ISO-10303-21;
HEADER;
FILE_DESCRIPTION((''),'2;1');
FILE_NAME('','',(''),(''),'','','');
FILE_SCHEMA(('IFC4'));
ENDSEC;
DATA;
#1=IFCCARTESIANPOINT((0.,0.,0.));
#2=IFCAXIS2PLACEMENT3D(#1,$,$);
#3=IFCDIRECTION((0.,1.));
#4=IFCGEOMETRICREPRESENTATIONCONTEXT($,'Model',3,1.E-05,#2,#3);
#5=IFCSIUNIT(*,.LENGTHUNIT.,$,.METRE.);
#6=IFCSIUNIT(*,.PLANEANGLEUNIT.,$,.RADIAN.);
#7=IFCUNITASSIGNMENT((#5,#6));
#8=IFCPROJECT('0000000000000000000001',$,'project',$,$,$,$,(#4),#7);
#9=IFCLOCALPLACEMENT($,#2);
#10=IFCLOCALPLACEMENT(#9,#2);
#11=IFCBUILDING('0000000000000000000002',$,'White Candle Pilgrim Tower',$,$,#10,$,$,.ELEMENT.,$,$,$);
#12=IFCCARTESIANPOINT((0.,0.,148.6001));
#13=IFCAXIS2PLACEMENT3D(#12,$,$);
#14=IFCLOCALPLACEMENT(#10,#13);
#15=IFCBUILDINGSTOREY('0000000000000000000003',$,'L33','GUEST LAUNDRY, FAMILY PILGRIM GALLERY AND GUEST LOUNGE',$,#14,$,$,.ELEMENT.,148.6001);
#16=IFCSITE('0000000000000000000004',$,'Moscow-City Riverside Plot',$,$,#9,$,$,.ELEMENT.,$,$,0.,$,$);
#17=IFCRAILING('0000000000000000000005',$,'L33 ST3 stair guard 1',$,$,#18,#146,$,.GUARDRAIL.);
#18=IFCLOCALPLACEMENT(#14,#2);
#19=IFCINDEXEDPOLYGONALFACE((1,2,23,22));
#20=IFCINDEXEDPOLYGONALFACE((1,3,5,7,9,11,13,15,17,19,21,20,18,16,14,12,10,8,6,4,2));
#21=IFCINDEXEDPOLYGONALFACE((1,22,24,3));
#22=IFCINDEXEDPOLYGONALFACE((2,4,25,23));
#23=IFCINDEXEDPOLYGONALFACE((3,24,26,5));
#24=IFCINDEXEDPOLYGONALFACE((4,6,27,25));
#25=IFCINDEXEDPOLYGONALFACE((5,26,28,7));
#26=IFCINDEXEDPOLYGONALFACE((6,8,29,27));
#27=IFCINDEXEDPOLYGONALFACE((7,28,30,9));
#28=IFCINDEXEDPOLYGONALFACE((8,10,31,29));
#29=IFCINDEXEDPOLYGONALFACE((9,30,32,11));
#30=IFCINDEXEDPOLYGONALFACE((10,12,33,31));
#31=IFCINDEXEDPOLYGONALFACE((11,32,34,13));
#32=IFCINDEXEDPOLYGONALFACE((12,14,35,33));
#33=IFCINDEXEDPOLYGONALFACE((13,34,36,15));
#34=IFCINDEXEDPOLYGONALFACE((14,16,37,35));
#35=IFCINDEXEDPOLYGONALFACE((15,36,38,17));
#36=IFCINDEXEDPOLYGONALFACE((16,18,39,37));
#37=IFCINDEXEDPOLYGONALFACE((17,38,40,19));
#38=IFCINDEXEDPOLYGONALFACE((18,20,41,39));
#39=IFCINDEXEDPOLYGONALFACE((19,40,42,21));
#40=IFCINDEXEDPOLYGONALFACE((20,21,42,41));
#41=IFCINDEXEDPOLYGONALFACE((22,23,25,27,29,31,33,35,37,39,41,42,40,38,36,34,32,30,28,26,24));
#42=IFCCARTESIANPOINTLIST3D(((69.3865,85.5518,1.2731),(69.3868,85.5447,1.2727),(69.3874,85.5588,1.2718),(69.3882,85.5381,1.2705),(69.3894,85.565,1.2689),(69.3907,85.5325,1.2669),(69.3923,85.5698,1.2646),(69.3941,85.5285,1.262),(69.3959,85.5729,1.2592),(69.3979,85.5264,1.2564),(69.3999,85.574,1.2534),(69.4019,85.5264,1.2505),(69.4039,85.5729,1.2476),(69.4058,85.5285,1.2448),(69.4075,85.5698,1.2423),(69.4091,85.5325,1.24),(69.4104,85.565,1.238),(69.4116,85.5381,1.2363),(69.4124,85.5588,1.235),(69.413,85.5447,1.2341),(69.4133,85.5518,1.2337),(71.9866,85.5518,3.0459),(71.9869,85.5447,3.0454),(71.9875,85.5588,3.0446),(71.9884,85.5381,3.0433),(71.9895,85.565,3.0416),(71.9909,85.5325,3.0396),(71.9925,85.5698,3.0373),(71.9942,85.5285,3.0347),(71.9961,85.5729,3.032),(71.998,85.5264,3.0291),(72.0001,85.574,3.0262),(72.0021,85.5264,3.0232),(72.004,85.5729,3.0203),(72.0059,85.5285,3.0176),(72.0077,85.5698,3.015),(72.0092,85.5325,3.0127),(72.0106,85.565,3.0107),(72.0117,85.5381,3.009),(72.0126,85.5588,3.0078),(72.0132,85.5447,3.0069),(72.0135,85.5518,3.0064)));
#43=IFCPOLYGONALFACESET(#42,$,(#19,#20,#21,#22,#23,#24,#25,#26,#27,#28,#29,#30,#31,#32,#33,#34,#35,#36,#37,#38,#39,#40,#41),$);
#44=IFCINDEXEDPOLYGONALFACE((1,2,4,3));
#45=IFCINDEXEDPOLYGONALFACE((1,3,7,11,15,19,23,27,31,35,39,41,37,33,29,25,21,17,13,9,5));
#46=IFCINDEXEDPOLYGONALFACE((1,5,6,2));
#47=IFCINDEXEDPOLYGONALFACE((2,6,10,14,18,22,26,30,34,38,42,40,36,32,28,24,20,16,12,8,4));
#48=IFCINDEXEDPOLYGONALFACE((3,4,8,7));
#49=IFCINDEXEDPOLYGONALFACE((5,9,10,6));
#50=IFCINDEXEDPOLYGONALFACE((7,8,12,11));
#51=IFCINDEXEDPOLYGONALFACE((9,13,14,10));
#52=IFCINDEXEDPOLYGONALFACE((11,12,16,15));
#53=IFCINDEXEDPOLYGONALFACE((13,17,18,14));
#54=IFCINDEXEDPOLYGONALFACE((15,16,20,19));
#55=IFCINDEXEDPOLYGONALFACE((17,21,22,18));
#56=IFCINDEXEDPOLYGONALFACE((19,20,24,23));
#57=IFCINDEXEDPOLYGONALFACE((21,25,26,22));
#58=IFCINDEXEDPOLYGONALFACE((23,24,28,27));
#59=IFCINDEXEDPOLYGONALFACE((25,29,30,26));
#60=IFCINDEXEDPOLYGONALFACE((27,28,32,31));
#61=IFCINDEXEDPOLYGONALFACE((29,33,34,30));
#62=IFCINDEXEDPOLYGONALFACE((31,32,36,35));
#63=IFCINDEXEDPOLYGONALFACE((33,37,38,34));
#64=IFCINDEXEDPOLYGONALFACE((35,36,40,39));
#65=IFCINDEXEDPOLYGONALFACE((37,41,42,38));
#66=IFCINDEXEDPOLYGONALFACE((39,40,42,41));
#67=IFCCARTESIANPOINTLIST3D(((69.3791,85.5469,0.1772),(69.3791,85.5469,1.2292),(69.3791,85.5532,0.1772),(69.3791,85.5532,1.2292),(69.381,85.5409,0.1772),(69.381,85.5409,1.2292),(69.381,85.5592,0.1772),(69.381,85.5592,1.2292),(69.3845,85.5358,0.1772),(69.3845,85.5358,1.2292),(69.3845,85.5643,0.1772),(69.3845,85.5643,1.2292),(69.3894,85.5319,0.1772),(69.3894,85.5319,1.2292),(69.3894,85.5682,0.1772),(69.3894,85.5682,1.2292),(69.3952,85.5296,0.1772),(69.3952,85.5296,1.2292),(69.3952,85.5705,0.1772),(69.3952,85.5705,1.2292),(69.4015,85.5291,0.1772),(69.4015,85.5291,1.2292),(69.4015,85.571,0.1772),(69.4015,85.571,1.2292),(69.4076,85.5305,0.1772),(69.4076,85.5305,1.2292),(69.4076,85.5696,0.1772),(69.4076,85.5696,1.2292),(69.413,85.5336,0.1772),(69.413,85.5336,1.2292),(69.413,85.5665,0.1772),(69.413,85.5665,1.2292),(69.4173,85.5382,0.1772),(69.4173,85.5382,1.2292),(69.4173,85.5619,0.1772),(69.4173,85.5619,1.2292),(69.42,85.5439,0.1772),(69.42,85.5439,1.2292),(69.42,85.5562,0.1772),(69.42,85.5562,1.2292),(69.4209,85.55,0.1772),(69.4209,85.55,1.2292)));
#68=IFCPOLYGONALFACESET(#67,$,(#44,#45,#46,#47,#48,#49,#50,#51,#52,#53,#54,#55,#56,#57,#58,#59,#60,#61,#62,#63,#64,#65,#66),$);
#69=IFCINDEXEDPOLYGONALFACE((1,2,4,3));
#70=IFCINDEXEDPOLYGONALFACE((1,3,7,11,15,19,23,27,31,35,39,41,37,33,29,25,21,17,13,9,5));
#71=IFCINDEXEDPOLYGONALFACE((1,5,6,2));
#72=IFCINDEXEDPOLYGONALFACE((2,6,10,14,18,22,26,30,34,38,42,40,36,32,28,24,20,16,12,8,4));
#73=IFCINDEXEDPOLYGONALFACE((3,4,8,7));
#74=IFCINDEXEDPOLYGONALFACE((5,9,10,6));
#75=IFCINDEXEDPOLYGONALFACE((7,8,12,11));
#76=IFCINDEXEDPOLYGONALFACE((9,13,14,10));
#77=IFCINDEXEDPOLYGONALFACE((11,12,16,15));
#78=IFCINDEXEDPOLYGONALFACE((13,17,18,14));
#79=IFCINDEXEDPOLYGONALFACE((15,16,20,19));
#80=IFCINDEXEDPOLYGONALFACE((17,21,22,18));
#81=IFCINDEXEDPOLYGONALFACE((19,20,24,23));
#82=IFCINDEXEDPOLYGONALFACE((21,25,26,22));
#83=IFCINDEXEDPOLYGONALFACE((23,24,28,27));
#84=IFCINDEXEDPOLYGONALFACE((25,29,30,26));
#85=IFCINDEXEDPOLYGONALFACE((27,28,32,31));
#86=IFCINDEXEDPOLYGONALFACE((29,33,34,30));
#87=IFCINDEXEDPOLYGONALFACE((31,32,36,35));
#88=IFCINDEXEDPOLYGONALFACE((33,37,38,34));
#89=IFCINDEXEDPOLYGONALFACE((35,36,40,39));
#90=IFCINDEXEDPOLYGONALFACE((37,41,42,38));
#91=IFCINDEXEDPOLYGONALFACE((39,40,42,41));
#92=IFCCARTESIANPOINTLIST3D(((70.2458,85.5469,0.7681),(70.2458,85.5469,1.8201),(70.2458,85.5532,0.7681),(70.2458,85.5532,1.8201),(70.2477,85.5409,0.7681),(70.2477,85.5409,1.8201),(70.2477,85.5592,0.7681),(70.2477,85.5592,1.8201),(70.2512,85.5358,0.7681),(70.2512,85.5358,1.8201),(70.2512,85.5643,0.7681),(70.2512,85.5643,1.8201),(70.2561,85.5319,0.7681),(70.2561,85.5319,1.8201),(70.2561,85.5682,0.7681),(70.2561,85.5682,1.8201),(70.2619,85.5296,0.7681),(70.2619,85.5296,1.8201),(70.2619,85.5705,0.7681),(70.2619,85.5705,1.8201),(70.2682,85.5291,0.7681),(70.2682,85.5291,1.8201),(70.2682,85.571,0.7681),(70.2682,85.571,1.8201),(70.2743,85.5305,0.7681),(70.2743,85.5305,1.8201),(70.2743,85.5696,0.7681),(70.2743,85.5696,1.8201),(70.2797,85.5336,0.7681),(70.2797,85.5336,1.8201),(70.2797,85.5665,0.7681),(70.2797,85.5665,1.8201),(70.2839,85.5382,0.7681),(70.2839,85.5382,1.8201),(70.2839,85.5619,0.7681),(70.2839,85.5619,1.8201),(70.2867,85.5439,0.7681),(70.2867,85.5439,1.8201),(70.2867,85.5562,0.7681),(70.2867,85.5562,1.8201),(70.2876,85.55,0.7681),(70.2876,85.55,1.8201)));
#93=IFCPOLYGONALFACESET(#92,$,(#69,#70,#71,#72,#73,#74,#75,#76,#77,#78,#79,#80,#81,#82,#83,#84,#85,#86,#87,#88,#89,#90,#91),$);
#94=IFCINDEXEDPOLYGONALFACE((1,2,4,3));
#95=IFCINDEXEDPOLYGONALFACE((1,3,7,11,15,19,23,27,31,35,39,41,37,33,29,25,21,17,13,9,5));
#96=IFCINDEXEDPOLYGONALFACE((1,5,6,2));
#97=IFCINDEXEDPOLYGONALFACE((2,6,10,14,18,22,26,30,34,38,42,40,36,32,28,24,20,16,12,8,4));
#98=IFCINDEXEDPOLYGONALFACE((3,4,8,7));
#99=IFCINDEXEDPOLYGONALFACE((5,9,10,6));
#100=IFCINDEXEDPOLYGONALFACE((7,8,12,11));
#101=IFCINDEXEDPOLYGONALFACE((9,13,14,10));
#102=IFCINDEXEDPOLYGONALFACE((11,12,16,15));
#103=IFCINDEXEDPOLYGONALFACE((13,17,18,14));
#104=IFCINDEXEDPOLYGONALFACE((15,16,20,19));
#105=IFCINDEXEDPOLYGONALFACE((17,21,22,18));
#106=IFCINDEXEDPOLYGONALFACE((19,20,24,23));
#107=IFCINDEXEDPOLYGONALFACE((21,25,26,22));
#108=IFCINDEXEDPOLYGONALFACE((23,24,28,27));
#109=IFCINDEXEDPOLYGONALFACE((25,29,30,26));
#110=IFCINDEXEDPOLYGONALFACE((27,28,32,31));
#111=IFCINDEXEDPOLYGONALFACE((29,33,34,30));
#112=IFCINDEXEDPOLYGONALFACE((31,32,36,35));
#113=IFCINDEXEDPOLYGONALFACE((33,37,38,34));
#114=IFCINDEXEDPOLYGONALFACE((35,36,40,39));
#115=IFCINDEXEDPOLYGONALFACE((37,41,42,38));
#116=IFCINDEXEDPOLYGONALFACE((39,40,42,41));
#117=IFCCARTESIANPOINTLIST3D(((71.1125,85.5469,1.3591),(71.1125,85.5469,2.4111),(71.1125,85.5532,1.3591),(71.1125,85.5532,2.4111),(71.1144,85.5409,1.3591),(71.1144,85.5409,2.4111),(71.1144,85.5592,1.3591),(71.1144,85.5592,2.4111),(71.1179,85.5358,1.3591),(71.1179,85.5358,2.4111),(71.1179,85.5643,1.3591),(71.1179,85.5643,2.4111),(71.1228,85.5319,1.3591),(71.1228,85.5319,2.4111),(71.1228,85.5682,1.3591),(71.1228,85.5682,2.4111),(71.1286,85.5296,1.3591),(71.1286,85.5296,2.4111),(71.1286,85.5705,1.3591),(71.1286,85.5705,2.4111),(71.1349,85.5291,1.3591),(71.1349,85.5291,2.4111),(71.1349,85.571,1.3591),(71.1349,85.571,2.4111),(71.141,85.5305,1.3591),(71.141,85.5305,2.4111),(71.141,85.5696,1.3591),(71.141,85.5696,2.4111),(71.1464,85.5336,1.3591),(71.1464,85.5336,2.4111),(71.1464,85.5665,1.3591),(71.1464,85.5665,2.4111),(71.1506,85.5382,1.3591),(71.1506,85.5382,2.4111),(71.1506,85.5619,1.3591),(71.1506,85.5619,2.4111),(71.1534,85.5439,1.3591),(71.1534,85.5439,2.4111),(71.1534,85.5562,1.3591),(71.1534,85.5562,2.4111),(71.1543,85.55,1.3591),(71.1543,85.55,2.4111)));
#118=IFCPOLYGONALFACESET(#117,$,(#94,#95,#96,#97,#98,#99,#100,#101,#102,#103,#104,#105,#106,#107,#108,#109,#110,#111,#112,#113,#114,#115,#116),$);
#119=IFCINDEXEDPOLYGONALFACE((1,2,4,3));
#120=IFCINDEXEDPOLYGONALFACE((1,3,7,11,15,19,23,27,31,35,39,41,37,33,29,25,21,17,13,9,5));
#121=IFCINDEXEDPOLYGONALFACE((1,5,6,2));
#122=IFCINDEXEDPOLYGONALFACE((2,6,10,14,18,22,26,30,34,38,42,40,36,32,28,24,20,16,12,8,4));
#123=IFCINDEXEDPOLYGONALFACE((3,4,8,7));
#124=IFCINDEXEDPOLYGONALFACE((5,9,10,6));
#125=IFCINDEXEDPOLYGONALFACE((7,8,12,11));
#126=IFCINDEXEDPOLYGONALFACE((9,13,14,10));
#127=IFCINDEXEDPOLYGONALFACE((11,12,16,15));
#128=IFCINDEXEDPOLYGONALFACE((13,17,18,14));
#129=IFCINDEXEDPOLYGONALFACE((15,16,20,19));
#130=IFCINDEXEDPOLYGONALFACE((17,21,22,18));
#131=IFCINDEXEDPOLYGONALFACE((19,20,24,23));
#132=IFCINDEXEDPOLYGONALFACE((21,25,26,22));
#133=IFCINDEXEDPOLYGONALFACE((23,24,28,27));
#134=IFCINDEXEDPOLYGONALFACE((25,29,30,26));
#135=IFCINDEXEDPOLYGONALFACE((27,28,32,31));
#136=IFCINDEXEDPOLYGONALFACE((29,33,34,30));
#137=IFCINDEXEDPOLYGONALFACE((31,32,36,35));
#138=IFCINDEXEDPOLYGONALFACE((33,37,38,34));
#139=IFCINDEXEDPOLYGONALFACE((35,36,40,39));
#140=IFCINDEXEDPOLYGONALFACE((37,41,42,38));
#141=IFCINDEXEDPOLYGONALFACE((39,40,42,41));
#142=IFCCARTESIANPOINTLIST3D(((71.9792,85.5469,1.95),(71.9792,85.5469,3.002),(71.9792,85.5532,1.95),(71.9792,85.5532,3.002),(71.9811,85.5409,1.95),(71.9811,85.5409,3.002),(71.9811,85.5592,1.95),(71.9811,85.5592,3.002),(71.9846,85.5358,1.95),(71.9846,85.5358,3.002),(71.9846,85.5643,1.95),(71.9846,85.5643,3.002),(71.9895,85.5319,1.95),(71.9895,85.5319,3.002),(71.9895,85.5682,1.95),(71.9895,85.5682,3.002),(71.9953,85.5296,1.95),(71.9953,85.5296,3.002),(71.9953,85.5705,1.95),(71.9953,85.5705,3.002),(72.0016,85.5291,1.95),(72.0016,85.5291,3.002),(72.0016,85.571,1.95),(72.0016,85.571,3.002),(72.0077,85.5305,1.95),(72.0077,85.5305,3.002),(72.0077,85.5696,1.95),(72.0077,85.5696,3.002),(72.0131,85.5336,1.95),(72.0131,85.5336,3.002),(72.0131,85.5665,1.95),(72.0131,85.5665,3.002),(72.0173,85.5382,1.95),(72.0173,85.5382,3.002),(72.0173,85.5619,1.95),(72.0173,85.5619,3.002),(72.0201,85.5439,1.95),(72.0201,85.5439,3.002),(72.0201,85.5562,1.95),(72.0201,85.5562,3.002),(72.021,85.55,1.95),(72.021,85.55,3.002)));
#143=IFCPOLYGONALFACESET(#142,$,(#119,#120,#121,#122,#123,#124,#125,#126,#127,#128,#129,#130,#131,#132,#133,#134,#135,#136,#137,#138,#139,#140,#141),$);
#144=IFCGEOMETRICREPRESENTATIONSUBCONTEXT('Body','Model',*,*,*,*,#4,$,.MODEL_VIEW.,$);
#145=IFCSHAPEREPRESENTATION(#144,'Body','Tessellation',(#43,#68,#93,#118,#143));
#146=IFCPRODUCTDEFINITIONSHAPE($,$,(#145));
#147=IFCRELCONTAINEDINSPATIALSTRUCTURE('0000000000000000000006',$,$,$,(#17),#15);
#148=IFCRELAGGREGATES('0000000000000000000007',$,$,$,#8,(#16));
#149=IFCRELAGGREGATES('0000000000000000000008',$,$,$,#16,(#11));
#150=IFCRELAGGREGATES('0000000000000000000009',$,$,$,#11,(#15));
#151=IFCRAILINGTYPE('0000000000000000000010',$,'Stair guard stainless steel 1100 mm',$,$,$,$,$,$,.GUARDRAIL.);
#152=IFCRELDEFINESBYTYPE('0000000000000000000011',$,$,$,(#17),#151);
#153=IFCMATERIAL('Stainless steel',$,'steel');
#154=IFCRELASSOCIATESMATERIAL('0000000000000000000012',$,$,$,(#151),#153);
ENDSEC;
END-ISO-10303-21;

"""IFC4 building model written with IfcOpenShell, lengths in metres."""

from ifc_helpers import new_model, si_unit, direction, frame, origin, origin_2d, place, context, subcontext, project, spatial, circle, extrude, material, type_object, element, save


model = new_model("IFC4")

# Units and contexts
model_context = context("Model", 3, precision=1e-05, world=origin(), true_north=direction((0.0, 1.0)))
body_context = subcontext(model_context, "Body", "Model", "MODEL_VIEW")
ifc_project = project(units=[si_unit("LENGTHUNIT", "METRE"), si_unit("PLANEANGLEUNIT", "RADIAN")], contexts=[model_context])

# Site, building, storey
site_placement = place(None, origin())
site = spatial("IfcSite", under=ifc_project, at=site_placement, Name="Moscow-City Riverside Plot", CompositionType="ELEMENT", RefElevation=0.0)
building_placement = place(site_placement, origin())
building = spatial("IfcBuilding", under=site, at=building_placement, Name="White Candle Pilgrim Tower", CompositionType="ELEMENT")
storey_placement = place(building_placement, frame((0.0, 0.0, 148.6001)))
storey = spatial("IfcBuildingStorey", under=building, at=storey_placement, Name="L33", Description="GUEST LAUNDRY, FAMILY PILGRIM GALLERY AND GUEST LOUNGE", CompositionType="ELEMENT", Elevation=148.6001)

# Railing
ifc_material_1 = material(Name="Stainless steel", Category="steel")
railing_type_1 = type_object("IfcRailingType", Name="Stair guard stainless steel 1100 mm", PredefinedType="GUARDRAIL", material=ifc_material_1)
railing_1_placement = place(storey_placement, frame((69.3999, 85.55, 0.1772)))
element("IfcRailing", 1, at=railing_1_placement, inside=storey, type_object=railing_type_1, Name="L33 ST3 stair guard 1", PredefinedType="GUARDRAIL", context=body_context, shape_type="SweptSolid", body=[
    extrude(circle(Radius=0.0239, at=origin_2d()), frame((0.0, 0.0, 1.0762), z_axis=(0.82624, 0.0, 0.563318), x_axis=(0.0, 1.0, 0.0)), (0.0, 0.0, 1.0), 3.147),
    extrude(circle(Radius=0.021, at=origin_2d()), origin(), (0.0, 0.0, 1.0), 1.052),
    extrude(circle(Radius=0.021, at=origin_2d()), frame((0.8667, 0.0, 0.5908)), (0.0, 0.0, 1.0), 1.052),
    extrude(circle(Radius=0.021, at=origin_2d()), frame((1.7334, 0.0, 1.1819)), (0.0, 0.0, 1.0), 1.052),
    extrude(circle(Radius=0.021, at=origin_2d()), frame((2.6001, 0.0, 1.7727)), (0.0, 0.0, 1.0), 1.052),
])

save(model, "model.ifc")
